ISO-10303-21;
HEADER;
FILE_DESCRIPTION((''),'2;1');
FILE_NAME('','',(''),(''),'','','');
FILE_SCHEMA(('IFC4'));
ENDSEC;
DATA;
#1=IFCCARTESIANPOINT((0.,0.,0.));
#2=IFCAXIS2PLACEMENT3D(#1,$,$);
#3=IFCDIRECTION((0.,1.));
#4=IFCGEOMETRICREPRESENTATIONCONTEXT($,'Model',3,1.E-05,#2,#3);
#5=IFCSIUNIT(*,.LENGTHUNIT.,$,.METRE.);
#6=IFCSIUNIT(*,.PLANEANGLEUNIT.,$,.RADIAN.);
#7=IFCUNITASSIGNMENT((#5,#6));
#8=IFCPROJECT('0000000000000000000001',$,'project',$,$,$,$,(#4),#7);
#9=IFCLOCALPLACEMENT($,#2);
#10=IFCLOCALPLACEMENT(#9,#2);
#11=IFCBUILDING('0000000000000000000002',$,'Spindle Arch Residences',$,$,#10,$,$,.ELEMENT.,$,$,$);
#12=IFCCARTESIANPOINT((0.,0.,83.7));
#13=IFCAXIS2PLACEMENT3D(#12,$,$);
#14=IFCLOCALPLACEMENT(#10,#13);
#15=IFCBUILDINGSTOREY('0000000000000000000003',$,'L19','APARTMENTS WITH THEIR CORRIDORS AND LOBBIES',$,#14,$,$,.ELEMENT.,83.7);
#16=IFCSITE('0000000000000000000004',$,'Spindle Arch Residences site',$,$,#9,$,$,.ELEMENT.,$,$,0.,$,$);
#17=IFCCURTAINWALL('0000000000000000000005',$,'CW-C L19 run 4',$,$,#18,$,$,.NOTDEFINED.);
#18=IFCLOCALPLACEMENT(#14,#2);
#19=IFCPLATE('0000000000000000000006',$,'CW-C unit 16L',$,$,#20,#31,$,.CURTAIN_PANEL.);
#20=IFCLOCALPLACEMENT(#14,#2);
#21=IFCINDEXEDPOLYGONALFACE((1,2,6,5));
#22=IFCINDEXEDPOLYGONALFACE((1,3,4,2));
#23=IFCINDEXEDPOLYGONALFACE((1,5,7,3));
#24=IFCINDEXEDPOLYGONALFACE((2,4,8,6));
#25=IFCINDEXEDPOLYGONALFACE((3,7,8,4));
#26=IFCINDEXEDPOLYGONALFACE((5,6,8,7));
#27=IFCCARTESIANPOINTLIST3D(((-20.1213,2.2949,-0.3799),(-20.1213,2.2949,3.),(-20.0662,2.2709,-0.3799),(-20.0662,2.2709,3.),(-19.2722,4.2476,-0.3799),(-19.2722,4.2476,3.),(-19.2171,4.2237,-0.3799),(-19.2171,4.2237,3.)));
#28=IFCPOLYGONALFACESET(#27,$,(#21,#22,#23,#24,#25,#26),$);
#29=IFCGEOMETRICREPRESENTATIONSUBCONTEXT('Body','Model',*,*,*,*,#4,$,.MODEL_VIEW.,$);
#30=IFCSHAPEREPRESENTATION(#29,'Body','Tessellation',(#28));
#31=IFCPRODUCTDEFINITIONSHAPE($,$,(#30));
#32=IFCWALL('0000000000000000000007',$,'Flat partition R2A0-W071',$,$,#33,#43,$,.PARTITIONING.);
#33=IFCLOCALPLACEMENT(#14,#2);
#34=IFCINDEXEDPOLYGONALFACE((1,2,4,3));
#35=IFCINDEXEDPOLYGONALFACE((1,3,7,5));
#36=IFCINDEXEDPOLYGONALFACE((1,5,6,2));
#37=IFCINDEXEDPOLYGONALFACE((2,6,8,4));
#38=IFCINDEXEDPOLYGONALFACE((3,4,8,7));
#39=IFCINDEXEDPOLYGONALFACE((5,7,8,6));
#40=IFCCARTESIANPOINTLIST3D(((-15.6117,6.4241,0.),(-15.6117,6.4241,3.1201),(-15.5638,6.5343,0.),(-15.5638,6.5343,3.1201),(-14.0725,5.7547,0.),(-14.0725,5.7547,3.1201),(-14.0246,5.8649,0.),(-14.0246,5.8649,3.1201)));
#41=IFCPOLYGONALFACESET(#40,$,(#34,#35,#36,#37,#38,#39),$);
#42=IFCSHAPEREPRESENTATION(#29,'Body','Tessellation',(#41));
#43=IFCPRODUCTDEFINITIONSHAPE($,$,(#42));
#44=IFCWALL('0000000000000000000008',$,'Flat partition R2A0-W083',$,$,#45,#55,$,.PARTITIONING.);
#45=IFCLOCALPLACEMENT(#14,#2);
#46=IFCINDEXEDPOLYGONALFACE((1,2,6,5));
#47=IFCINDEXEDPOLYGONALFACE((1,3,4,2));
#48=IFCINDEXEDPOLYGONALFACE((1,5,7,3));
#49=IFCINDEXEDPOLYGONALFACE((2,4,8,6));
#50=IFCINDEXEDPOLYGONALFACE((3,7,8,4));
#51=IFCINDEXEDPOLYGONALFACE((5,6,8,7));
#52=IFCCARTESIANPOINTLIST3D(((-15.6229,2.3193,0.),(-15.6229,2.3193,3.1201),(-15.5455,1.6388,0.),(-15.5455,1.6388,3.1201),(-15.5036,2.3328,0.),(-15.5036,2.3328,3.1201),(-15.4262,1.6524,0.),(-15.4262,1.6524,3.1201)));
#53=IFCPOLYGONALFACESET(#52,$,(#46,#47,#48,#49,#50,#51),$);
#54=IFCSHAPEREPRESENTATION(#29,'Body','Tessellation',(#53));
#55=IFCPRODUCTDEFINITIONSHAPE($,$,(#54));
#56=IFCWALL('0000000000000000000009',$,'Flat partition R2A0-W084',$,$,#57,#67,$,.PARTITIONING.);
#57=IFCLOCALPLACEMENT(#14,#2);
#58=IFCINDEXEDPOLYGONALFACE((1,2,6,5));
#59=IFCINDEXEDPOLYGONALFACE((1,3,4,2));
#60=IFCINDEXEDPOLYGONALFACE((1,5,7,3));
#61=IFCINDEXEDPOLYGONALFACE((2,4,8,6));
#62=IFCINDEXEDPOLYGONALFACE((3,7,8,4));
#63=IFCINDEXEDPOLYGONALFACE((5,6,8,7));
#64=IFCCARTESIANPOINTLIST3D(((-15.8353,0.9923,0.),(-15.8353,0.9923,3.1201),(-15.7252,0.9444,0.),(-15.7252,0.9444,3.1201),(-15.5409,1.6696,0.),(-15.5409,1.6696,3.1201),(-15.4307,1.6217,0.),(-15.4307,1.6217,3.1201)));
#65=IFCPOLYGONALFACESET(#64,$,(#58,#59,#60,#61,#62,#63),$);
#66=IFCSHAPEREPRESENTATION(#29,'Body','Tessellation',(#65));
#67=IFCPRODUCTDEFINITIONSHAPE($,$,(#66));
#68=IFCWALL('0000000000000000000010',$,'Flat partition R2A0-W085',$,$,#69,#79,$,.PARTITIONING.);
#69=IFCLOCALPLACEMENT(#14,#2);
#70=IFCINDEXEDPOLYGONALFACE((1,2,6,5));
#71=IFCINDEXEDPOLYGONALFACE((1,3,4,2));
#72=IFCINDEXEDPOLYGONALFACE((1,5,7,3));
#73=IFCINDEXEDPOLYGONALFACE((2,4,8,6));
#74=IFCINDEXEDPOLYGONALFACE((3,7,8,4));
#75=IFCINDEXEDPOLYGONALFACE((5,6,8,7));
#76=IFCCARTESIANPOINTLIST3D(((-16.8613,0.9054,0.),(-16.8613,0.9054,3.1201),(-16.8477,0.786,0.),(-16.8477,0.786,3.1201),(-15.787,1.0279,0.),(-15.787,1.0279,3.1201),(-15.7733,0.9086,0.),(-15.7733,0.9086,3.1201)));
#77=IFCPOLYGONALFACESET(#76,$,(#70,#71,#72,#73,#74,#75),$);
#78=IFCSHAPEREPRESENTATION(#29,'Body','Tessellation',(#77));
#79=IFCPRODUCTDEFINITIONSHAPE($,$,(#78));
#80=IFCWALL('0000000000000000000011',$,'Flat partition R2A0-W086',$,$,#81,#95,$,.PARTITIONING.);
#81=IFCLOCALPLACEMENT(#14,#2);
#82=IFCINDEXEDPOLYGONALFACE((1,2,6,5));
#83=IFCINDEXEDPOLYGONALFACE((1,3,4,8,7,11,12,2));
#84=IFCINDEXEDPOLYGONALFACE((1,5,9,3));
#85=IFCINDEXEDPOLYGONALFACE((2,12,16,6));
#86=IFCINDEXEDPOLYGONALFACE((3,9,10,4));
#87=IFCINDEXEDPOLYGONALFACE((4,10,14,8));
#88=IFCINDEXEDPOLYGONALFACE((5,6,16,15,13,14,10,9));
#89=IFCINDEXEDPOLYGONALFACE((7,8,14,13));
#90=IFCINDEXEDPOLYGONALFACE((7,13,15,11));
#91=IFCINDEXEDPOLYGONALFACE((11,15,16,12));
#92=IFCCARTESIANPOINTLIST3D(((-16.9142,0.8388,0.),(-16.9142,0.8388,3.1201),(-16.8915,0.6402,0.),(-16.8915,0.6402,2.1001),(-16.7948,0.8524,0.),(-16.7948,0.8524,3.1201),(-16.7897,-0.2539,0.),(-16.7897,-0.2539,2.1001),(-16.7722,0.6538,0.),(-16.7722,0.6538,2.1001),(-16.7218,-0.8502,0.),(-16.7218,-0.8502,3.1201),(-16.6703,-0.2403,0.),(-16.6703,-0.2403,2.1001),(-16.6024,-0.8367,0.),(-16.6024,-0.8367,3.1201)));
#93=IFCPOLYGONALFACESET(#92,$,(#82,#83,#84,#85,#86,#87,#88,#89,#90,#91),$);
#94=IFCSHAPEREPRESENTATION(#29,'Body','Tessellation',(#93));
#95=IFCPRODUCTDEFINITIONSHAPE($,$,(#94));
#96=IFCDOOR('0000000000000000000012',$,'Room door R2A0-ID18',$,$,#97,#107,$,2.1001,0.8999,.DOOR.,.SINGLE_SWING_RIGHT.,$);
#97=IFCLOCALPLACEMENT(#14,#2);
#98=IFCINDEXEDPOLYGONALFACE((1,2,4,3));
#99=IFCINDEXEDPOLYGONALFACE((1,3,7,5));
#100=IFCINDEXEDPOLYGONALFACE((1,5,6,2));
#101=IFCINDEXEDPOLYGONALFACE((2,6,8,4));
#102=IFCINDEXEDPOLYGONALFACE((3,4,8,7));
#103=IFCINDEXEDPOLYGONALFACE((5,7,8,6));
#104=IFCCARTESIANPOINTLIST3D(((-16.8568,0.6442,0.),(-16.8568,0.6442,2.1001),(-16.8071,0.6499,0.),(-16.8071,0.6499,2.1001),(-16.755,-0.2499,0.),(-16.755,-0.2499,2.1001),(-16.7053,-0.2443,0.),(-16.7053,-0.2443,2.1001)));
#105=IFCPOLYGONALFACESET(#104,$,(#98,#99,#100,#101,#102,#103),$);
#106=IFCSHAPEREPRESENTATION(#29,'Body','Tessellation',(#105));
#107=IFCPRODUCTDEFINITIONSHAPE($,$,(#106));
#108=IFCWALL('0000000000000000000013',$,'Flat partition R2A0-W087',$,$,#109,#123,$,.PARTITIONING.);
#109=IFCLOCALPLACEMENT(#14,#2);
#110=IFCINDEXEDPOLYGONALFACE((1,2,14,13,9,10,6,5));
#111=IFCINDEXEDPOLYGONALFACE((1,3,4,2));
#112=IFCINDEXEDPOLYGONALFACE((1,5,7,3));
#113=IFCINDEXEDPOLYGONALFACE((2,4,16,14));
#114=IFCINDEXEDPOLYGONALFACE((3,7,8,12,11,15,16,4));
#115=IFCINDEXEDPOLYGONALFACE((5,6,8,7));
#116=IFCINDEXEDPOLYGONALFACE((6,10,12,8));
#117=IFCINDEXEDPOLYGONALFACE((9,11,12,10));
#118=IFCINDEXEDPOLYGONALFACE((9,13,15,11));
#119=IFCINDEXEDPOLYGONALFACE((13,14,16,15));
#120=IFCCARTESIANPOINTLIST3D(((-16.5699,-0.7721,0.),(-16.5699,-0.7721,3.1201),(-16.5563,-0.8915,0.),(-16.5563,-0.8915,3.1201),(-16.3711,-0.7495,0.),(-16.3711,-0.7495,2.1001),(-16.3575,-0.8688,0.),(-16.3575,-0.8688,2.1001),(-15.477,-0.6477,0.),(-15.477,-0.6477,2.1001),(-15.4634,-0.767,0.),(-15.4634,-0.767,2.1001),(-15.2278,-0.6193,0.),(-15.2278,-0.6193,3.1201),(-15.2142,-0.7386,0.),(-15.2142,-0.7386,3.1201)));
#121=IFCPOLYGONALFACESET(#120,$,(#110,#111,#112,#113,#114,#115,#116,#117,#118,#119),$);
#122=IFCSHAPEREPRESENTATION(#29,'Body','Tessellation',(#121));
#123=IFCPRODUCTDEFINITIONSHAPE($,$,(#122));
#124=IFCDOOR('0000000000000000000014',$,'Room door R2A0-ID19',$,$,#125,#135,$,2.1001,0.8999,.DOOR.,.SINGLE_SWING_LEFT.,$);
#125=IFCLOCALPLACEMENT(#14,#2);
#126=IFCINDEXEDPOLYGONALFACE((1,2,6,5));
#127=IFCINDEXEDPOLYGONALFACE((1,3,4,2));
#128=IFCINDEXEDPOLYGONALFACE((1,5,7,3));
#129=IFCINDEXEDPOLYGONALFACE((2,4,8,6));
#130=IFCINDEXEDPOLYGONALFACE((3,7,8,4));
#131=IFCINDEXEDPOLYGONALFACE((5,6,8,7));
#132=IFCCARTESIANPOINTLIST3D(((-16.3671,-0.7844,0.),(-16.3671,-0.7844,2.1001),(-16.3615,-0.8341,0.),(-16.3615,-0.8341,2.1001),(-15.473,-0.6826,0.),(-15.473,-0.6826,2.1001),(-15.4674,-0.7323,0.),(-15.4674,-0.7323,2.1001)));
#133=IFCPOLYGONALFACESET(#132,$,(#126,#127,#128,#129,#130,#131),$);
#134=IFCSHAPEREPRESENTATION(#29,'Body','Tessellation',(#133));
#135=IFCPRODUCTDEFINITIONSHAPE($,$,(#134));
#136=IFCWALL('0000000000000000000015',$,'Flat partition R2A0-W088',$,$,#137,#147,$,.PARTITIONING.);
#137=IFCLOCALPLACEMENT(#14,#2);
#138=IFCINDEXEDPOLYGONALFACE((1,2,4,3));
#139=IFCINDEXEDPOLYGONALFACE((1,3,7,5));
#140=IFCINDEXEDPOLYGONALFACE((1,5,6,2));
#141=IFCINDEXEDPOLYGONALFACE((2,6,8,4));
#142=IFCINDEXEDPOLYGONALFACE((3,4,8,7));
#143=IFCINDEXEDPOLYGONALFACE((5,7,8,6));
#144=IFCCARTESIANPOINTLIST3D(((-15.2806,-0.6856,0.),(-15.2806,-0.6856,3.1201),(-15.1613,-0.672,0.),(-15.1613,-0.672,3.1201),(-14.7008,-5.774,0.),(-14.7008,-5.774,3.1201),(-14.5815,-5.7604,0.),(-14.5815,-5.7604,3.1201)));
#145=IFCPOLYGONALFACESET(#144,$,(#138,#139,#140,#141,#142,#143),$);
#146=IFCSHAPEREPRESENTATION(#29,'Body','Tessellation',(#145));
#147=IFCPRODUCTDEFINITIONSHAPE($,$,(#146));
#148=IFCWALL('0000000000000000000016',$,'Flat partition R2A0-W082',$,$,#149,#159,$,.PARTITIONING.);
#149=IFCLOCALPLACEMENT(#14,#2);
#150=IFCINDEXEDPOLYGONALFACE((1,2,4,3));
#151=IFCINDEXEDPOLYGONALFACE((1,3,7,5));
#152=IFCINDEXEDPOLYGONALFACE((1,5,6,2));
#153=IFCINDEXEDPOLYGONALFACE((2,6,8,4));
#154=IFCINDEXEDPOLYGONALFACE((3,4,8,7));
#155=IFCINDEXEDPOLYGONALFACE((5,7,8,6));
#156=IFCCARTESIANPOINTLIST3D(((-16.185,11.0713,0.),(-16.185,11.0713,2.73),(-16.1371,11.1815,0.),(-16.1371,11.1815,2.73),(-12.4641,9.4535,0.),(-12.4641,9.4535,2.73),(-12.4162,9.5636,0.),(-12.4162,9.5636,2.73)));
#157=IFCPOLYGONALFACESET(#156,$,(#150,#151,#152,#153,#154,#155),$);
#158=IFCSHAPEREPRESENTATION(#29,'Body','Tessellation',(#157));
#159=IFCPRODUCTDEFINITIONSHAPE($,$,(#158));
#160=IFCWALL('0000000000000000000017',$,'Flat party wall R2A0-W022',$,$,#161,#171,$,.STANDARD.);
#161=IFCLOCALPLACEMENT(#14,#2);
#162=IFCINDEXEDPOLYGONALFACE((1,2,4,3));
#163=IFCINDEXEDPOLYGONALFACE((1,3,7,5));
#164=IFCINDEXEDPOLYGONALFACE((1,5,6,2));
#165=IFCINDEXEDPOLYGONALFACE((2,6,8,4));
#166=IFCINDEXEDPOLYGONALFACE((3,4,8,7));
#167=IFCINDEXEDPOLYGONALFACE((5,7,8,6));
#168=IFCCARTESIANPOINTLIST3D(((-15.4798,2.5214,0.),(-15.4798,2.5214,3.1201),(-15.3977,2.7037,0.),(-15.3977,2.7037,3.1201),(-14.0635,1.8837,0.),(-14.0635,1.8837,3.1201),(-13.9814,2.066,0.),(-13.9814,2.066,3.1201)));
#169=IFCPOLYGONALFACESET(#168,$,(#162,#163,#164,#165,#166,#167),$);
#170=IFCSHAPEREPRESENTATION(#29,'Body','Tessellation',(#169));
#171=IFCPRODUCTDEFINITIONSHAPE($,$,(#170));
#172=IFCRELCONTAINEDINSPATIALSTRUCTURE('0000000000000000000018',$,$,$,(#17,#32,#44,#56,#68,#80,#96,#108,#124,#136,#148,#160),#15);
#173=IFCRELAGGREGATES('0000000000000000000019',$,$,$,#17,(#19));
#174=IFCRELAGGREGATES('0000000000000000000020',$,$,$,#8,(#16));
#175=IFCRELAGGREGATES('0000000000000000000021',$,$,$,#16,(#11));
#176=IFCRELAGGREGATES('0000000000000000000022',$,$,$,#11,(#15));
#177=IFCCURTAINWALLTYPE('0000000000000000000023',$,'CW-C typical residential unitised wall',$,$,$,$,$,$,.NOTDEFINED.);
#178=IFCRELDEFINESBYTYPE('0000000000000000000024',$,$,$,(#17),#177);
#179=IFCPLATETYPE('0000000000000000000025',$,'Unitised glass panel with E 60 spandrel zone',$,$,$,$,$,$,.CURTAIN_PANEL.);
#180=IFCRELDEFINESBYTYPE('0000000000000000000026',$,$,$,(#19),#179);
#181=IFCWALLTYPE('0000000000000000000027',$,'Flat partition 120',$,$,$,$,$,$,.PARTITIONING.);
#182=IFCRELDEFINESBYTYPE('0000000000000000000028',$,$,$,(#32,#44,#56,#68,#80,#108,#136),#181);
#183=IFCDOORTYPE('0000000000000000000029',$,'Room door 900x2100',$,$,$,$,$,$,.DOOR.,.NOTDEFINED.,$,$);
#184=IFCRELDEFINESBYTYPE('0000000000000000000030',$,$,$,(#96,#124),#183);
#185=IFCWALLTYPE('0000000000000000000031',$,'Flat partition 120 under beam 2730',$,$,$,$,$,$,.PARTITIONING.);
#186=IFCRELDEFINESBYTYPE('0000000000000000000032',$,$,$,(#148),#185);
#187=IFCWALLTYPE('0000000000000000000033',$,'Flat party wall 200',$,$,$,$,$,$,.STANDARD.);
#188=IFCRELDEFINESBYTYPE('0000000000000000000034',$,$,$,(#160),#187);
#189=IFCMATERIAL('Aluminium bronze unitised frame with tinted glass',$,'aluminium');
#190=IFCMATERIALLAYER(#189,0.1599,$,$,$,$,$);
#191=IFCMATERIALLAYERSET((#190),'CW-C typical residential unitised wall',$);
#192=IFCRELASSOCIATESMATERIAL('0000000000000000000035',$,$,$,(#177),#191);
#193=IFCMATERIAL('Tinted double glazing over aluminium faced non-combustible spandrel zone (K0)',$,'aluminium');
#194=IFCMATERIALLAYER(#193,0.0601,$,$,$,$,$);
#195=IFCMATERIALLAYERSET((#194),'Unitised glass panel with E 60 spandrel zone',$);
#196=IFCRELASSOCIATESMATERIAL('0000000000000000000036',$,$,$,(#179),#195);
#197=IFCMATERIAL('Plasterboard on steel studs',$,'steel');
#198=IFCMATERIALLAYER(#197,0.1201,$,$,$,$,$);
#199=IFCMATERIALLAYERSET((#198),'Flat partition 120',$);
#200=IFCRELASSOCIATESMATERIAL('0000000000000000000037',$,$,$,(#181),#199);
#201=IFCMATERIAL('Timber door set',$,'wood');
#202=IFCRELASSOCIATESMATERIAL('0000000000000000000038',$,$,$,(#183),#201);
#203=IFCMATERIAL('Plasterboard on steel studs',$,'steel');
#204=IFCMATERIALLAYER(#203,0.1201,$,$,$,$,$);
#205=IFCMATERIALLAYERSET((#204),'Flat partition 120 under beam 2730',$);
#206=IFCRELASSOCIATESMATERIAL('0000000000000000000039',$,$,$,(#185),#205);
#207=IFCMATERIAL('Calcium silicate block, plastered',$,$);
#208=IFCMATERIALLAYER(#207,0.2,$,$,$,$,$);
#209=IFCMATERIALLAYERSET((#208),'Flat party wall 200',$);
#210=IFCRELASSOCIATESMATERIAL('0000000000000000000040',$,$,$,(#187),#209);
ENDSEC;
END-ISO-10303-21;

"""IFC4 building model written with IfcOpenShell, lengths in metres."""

from ifc_helpers import new_model, si_unit, direction, frame, frame_2d, origin, origin_2d, place, context, subcontext, project, spatial, rectangle, extrude, material, layer, layer_set, type_object, element, fill, aggregate, save


model = new_model("IFC4")

# Units and contexts
model_context = context("Model", 3, precision=1e-05, world=origin(), true_north=direction((0.0, 1.0)))
body_context = subcontext(model_context, "Body", "Model", "MODEL_VIEW")
ifc_project = project(units=[si_unit("LENGTHUNIT", "METRE"), si_unit("PLANEANGLEUNIT", "RADIAN")], contexts=[model_context])

# Site, building, storey
site_placement = place(None, origin())
site = spatial("IfcSite", under=ifc_project, at=site_placement, Name="Spindle Arch Residences site", CompositionType="ELEMENT", RefElevation=0.0)
building_placement = place(site_placement, origin())
building = spatial("IfcBuilding", under=site, at=building_placement, Name="Spindle Arch Residences", CompositionType="ELEMENT")
storey_placement = place(building_placement, frame((0.0, 0.0, 83.7)))
storey = spatial("IfcBuildingStorey", under=building, at=storey_placement, Name="L19", Description="APARTMENTS WITH THEIR CORRIDORS AND LOBBIES", CompositionType="ELEMENT", Elevation=83.7)

# Curtain wall
ifc_material_1 = material(Name="Aluminium bronze unitised frame with tinted glass", Category="aluminium")
ifc_layer_1 = layer(ifc_material_1, 0.1599)
ifc_layer_set_1 = layer_set([ifc_layer_1], Name="CW-C typical residential unitised wall")
curtain_wall_type = type_object("IfcCurtainWallType", Name="CW-C typical residential unitised wall", PredefinedType="NOTDEFINED", material=ifc_layer_set_1)
curtain_wall_placement = place(storey_placement, origin())
curtain_wall = element("IfcCurtainWall", 1, at=curtain_wall_placement, inside=storey, type_object=curtain_wall_type, Name="CW-C L19 run 4", PredefinedType="NOTDEFINED")

# Plate
ifc_material_2 = material(Name="Tinted double glazing over aluminium faced non-combustible spandrel zone (K0)", Category="aluminium")
ifc_layer_2 = layer(ifc_material_2, 0.0601)
ifc_layer_set_2 = layer_set([ifc_layer_2], Name="Unitised glass panel with E 60 spandrel zone")
plate_type = type_object("IfcPlateType", Name="Unitised glass panel with E 60 spandrel zone", PredefinedType="CURTAIN_PANEL", material=ifc_layer_set_2)
plate_1_placement = place(storey_placement, frame((-19.6692, 3.2593, -0.3799), z_axis=(0.0, 0.0, 1.0), x_axis=(-0.398749, -0.91706, 0.0)))
plate_1 = element("IfcPlate", 2, at=plate_1_placement, type_object=plate_type, Name="CW-C unit 16L", PredefinedType="CURTAIN_PANEL", context=body_context, shape_type="SweptSolid", body=[
    extrude(rectangle(XDim=2.1294, YDim=0.0601, at=origin_2d()), origin(), (0.0, 0.0, 1.0), 3.3799),
])
aggregate(curtain_wall, [plate_1])

# Walls
ifc_material_3 = material(Name="Plasterboard on steel studs", Category="steel")
ifc_layer_3 = layer(ifc_material_3, 0.1201)
ifc_layer_set_3 = layer_set([ifc_layer_3], Name="Flat partition 120")
wall_type_1 = type_object("IfcWallType", Name="Flat partition 120", PredefinedType="PARTITIONING", material=ifc_layer_set_3)
wall_1_placement = place(storey_placement, frame((-15.5879, 6.4792, 0.0), z_axis=(0.0, 0.0, 1.0), x_axis=(0.917033, -0.398811, 0.0)))
element("IfcWall", 3, at=wall_1_placement, inside=storey, type_object=wall_type_1, Name="Flat partition R2A0-W071", PredefinedType="PARTITIONING", context=body_context, shape_type="SweptSolid", body=[
    extrude(rectangle(XDim=1.6785, YDim=0.1201, at=frame_2d((0.8394, 0.0))), origin(), (0.0, 0.0, 1.0), 3.1201),
])
wall_2_placement = place(storey_placement, frame((-15.5632, 2.3259, 0.0), z_axis=(0.0, 0.0, 1.0), x_axis=(0.113014, -0.993593, 0.0)))
element("IfcWall", 4, at=wall_2_placement, inside=storey, type_object=wall_type_1, Name="Flat partition R2A0-W083", PredefinedType="PARTITIONING", context=body_context, shape_type="SweptSolid", body=[
    extrude(rectangle(XDim=0.6848, YDim=0.1201, at=frame_2d((0.3423, 0.0))), origin(), (0.0, 0.0, 1.0), 3.1201),
])
wall_3_placement = place(storey_placement, frame((-15.4858, 1.6455, 0.0), z_axis=(0.0, 0.0, 1.0), x_axis=(-0.398702, -0.917081, 0.0)))
element("IfcWall", 5, at=wall_3_placement, inside=storey, type_object=wall_type_1, Name="Flat partition R2A0-W084", PredefinedType="PARTITIONING", context=body_context, shape_type="SweptSolid", body=[
    extrude(rectangle(XDim=0.7385, YDim=0.1201, at=frame_2d((0.3691, 0.0))), origin(), (0.0, 0.0, 1.0), 3.1201),
])
wall_4_placement = place(storey_placement, frame((-15.7803, 0.9683, 0.0), z_axis=(0.0, 0.0, 1.0), x_axis=(-0.993554, -0.113356, 0.0)))
element("IfcWall", 6, at=wall_4_placement, inside=storey, type_object=wall_type_1, Name="Flat partition R2A0-W085", PredefinedType="PARTITIONING", context=body_context, shape_type="SweptSolid", body=[
    extrude(rectangle(XDim=1.0813, YDim=0.1201, at=frame_2d((0.5405, 0.0))), origin(), (0.0, 0.0, 1.0), 3.1201),
])

# Walls, openings, doors
wall_5_placement = place(storey_placement, frame((-16.8545, 0.8457, 0.0), z_axis=(0.0, 0.0, 1.0), x_axis=(0.113174, -0.993575, 0.0)))
wall_5 = element("IfcWall", 7, at=wall_5_placement, inside=storey, type_object=wall_type_1, Name="Flat partition R2A0-W086", PredefinedType="PARTITIONING", context=body_context, shape_type="SweptSolid", body=[
    extrude(rectangle(XDim=1.7, YDim=0.1201, at=frame_2d((0.8501, 0.0))), origin(), (0.0, 0.0, 1.0), 3.1201),
])
opening_1_placement = place(wall_5_placement, frame((0.2, 0.0, 0.0)))
opening_1 = element("IfcOpeningElement", 8, at=opening_1_placement, cuts=wall_5, PredefinedType="OPENING", context=body_context, shape_type="SweptSolid", body=[
    extrude(rectangle(XDim=0.8999, YDim=2.1001, at=frame_2d((0.45, 1.05))), frame((0.0, 0.0701, 0.0), z_axis=(0.0, -1.0, 0.0), x_axis=(1.0, 0.0, 0.0)), (0.0, 0.0, 1.0), 0.1401),
])
ifc_material_4 = material(Name="Timber door set", Category="wood")
door_type_1 = type_object("IfcDoorType", Name="Room door 900x2100", OperationType="NOTDEFINED", PredefinedType="DOOR", material=ifc_material_4)
door_1_placement = place(opening_1_placement, origin())
door_1 = element("IfcDoor", 9, at=door_1_placement, inside=storey, type_object=door_type_1, Name="Room door R2A0-ID18", OperationType="SINGLE_SWING_RIGHT", OverallHeight=2.1001, OverallWidth=0.8999, PredefinedType="DOOR", context=body_context, shape_type="SweptSolid", body=[
    extrude(rectangle(XDim=0.8999, YDim=2.1001, at=frame_2d((0.45, 1.05))), frame((0.0, 0.0249, 0.0), z_axis=(0.0, -1.0, 0.0), x_axis=(1.0, 0.0, 0.0)), (0.0, 0.0, 1.0), 0.05),
])
fill(opening_1, door_1)
wall_6_placement = place(storey_placement, frame((-16.563, -0.8318, 0.0), z_axis=(0.0, 0.0, 1.0), x_axis=(0.993578, 0.113149, 0.0)))
wall_6 = element("IfcWall", 10, at=wall_6_placement, inside=storey, type_object=wall_type_1, Name="Flat partition R2A0-W087", PredefinedType="PARTITIONING", context=body_context, shape_type="SweptSolid", body=[
    extrude(rectangle(XDim=1.3508, YDim=0.1201, at=frame_2d((0.6753, 0.0))), origin(), (0.0, 0.0, 1.0), 3.1201),
])
opening_2_placement = place(wall_6_placement, frame((0.2, 0.0, 0.0)))
opening_2 = element("IfcOpeningElement", 11, at=opening_2_placement, cuts=wall_6, PredefinedType="OPENING", context=body_context, shape_type="SweptSolid", body=[
    extrude(rectangle(XDim=0.8999, YDim=2.1001, at=frame_2d((0.45, 1.05))), frame((0.0, 0.0701, 0.0), z_axis=(0.0, -1.0, 0.0), x_axis=(1.0, 0.0, 0.0)), (0.0, 0.0, 1.0), 0.1401),
])
door_2_placement = place(opening_2_placement, origin())
door_2 = element("IfcDoor", 12, at=door_2_placement, inside=storey, type_object=door_type_1, Name="Room door R2A0-ID19", OperationType="SINGLE_SWING_LEFT", OverallHeight=2.1001, OverallWidth=0.8999, PredefinedType="DOOR", context=body_context, shape_type="SweptSolid", body=[
    extrude(rectangle(XDim=0.8999, YDim=2.1001, at=frame_2d((0.45, 1.05))), frame((0.0, 0.0249, 0.0), z_axis=(0.0, -1.0, 0.0), x_axis=(1.0, 0.0, 0.0)), (0.0, 0.0, 1.0), 0.05),
])
fill(opening_2, door_2)

# Walls
wall_7_placement = place(storey_placement, frame((-15.2209, -0.679, 0.0), z_axis=(0.0, 0.0, 1.0), x_axis=(0.11322, -0.99357, 0.0)))
element("IfcWall", 13, at=wall_7_placement, inside=storey, type_object=wall_type_1, Name="Flat partition R2A0-W088", PredefinedType="PARTITIONING", context=body_context, shape_type="SweptSolid", body=[
    extrude(rectangle(XDim=5.1213, YDim=0.1201, at=frame_2d((2.5605, 0.0))), origin(), (0.0, 0.0, 1.0), 3.1201),
])
ifc_material_5 = material(Name="Plasterboard on steel studs", Category="steel")
ifc_layer_4 = layer(ifc_material_5, 0.1201)
ifc_layer_set_4 = layer_set([ifc_layer_4], Name="Flat partition 120 under beam 2730")
wall_type_2 = type_object("IfcWallType", Name="Flat partition 120 under beam 2730", PredefinedType="PARTITIONING", material=ifc_layer_set_4)
wall_8_placement = place(storey_placement, frame((-16.1611, 11.1265, 0.0), z_axis=(0.0, 0.0, 1.0), x_axis=(0.91706, -0.39875, 0.0)))
element("IfcWall", 14, at=wall_8_placement, inside=storey, type_object=wall_type_2, Name="Flat partition R2A0-W082", PredefinedType="PARTITIONING", context=body_context, shape_type="SweptSolid", body=[
    extrude(rectangle(XDim=4.0574, YDim=0.1201, at=frame_2d((2.0288, 0.0))), origin(), (0.0, 0.0, 1.0), 2.73),
])
ifc_material_6 = material(Name="Calcium silicate block, plastered")
ifc_layer_5 = layer(ifc_material_6, 0.2)
ifc_layer_set_5 = layer_set([ifc_layer_5], Name="Flat party wall 200")
wall_type_3 = type_object("IfcWallType", Name="Flat party wall 200", PredefinedType="STANDARD", material=ifc_layer_set_5)
wall_9_placement = place(storey_placement, frame((-15.4387, 2.6125, 0.0), z_axis=(0.0, 0.0, 1.0), x_axis=(0.91183, -0.410567, 0.0)))
element("IfcWall", 15, at=wall_9_placement, inside=storey, type_object=wall_type_3, Name="Flat party wall R2A0-W022", PredefinedType="STANDARD", context=body_context, shape_type="SweptSolid", body=[
    extrude(rectangle(XDim=1.5532, YDim=0.2, at=frame_2d((0.7766, 0.0))), origin(), (0.0, 0.0, 1.0), 3.1201),
])

save(model, "model.ifc")
